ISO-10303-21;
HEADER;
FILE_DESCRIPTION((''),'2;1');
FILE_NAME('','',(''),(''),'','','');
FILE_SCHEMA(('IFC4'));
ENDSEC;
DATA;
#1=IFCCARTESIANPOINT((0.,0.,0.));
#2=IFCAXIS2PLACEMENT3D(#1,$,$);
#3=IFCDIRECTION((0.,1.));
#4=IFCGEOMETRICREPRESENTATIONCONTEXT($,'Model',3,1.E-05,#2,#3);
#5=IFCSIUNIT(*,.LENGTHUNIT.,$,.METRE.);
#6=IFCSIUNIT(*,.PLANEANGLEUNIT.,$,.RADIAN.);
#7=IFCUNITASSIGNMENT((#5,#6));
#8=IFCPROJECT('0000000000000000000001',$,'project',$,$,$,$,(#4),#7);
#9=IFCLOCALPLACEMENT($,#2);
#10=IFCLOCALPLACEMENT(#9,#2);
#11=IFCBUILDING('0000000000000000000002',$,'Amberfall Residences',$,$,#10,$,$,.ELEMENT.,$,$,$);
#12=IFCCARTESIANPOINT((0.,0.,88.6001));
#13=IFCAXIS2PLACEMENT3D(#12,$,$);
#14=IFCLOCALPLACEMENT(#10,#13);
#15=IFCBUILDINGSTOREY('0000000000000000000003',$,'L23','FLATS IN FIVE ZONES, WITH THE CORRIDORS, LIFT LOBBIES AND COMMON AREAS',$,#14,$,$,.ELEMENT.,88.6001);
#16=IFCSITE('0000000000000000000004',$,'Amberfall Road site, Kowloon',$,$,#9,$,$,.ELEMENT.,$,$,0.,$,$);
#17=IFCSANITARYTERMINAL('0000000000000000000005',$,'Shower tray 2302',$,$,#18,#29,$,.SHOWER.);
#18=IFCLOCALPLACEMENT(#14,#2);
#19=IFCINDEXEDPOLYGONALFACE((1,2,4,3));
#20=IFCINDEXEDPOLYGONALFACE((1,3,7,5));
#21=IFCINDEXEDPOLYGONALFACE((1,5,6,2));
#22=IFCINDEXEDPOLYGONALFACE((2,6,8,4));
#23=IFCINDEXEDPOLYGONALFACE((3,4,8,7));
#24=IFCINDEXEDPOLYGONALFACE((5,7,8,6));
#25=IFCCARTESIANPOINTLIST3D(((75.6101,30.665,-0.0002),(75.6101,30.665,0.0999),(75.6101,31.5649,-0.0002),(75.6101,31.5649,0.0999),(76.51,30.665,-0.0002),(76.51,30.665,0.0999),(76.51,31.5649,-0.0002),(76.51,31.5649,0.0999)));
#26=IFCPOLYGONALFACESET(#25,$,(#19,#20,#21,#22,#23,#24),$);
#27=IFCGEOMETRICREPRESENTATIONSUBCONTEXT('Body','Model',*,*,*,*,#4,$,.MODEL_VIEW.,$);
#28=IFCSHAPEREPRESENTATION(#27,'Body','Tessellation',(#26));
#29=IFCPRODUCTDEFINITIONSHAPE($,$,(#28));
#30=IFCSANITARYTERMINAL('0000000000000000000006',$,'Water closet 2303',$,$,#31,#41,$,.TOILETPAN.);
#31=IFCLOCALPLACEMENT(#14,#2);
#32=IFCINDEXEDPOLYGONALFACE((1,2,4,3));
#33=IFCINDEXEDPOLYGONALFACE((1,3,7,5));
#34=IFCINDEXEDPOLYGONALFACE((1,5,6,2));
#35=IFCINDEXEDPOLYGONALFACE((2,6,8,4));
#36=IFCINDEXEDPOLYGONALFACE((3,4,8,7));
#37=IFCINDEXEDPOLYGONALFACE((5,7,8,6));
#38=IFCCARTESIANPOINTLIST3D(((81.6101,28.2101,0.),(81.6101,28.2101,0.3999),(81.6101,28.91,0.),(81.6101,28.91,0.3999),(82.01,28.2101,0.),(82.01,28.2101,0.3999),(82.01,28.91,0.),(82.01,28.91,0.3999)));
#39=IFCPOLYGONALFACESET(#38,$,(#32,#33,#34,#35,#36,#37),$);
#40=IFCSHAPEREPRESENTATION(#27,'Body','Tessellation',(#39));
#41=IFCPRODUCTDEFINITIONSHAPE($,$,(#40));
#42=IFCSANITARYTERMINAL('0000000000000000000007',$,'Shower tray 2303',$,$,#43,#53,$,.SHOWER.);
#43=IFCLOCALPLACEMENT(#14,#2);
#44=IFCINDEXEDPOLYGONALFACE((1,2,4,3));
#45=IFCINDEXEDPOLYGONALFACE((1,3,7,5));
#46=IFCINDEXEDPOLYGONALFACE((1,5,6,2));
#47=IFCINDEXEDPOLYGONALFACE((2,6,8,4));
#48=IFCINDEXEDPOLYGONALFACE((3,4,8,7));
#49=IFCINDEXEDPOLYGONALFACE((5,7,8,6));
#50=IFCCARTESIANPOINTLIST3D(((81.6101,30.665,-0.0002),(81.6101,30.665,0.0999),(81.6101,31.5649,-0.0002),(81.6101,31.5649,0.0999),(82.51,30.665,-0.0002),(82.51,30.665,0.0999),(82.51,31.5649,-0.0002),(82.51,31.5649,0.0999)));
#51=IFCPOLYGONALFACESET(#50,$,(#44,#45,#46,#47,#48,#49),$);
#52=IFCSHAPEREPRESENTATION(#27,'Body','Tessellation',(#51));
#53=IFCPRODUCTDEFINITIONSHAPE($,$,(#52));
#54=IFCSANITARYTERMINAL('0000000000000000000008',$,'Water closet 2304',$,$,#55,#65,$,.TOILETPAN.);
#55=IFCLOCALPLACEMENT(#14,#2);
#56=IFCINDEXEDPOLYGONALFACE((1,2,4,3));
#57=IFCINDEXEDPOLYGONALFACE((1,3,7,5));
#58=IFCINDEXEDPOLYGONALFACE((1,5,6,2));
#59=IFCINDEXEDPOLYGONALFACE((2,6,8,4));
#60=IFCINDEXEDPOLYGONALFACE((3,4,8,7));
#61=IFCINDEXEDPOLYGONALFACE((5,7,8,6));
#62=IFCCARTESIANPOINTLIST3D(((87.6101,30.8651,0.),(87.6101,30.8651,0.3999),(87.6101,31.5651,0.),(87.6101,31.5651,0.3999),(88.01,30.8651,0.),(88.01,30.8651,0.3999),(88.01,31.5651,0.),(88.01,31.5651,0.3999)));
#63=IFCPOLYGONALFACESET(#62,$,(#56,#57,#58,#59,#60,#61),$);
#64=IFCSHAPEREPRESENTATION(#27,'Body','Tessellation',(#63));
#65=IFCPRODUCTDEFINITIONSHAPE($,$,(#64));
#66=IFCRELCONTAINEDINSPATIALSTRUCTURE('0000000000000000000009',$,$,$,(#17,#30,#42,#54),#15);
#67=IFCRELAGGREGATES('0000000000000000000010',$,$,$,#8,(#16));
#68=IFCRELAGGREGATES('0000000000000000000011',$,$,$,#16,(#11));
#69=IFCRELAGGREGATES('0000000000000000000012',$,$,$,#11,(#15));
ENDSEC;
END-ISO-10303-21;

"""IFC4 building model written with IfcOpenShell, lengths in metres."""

from ifc_helpers import new_model, si_unit, direction, frame, origin, origin_2d, place, context, subcontext, project, spatial, rectangle, extrude, element, save


model = new_model("IFC4")

# Units and contexts
model_context = context("Model", 3, precision=1e-05, world=origin(), true_north=direction((0.0, 1.0)))
body_context = subcontext(model_context, "Body", "Model", "MODEL_VIEW")
ifc_project = project(units=[si_unit("LENGTHUNIT", "METRE"), si_unit("PLANEANGLEUNIT", "RADIAN")], contexts=[model_context])

# Site, building, storey
site_placement = place(None, origin())
site = spatial("IfcSite", under=ifc_project, at=site_placement, Name="Amberfall Road site, Kowloon", CompositionType="ELEMENT", RefElevation=0.0)
building_placement = place(site_placement, origin())
building = spatial("IfcBuilding", under=site, at=building_placement, Name="Amberfall Residences", CompositionType="ELEMENT")
storey_placement = place(building_placement, frame((0.0, 0.0, 88.6001)))
storey = spatial("IfcBuildingStorey", under=building, at=storey_placement, Name="L23", Description="FLATS IN FIVE ZONES, WITH THE CORRIDORS, LIFT LOBBIES AND COMMON AREAS", CompositionType="ELEMENT", Elevation=88.6001)

# Sanitary terminals
sanitary_terminal_1_placement = place(storey_placement, frame((76.0601, 31.115, -0.0002), z_axis=(0.0, 0.0, 1.0), x_axis=(1.0, 0.0, 0.0)))
element("IfcSanitaryTerminal", 1, at=sanitary_terminal_1_placement, inside=storey, Name="Shower tray 2302", PredefinedType="SHOWER", context=body_context, shape_type="SweptSolid", body=[
    extrude(rectangle(XDim=0.8999, YDim=0.8999, at=origin_2d()), origin(), (0.0, 0.0, 1.0), 0.1001),
])
sanitary_terminal_2_placement = place(storey_placement, frame((81.8101, 28.5601, 0.0), z_axis=(0.0, 0.0, 1.0), x_axis=(1.0, 0.0, 0.0)))
element("IfcSanitaryTerminal", 2, at=sanitary_terminal_2_placement, inside=storey, Name="Water closet 2303", PredefinedType="TOILETPAN", context=body_context, shape_type="SweptSolid", body=[
    extrude(rectangle(XDim=0.3999, YDim=0.7, at=origin_2d()), origin(), (0.0, 0.0, 1.0), 0.3999),
])
sanitary_terminal_3_placement = place(storey_placement, frame((82.0601, 31.115, -0.0002), z_axis=(0.0, 0.0, 1.0), x_axis=(1.0, 0.0, 0.0)))
element("IfcSanitaryTerminal", 3, at=sanitary_terminal_3_placement, inside=storey, Name="Shower tray 2303", PredefinedType="SHOWER", context=body_context, shape_type="SweptSolid", body=[
    extrude(rectangle(XDim=0.8999, YDim=0.8999, at=origin_2d()), origin(), (0.0, 0.0, 1.0), 0.1001),
])
sanitary_terminal_4_placement = place(storey_placement, frame((87.8101, 31.2151, 0.0), z_axis=(0.0, 0.0, 1.0), x_axis=(1.0, 0.0, 0.0)))
element("IfcSanitaryTerminal", 4, at=sanitary_terminal_4_placement, inside=storey, Name="Water closet 2304", PredefinedType="TOILETPAN", context=body_context, shape_type="SweptSolid", body=[
    extrude(rectangle(XDim=0.3999, YDim=0.7, at=origin_2d()), origin(), (0.0, 0.0, 1.0), 0.3999),
])

save(model, "model.ifc")
